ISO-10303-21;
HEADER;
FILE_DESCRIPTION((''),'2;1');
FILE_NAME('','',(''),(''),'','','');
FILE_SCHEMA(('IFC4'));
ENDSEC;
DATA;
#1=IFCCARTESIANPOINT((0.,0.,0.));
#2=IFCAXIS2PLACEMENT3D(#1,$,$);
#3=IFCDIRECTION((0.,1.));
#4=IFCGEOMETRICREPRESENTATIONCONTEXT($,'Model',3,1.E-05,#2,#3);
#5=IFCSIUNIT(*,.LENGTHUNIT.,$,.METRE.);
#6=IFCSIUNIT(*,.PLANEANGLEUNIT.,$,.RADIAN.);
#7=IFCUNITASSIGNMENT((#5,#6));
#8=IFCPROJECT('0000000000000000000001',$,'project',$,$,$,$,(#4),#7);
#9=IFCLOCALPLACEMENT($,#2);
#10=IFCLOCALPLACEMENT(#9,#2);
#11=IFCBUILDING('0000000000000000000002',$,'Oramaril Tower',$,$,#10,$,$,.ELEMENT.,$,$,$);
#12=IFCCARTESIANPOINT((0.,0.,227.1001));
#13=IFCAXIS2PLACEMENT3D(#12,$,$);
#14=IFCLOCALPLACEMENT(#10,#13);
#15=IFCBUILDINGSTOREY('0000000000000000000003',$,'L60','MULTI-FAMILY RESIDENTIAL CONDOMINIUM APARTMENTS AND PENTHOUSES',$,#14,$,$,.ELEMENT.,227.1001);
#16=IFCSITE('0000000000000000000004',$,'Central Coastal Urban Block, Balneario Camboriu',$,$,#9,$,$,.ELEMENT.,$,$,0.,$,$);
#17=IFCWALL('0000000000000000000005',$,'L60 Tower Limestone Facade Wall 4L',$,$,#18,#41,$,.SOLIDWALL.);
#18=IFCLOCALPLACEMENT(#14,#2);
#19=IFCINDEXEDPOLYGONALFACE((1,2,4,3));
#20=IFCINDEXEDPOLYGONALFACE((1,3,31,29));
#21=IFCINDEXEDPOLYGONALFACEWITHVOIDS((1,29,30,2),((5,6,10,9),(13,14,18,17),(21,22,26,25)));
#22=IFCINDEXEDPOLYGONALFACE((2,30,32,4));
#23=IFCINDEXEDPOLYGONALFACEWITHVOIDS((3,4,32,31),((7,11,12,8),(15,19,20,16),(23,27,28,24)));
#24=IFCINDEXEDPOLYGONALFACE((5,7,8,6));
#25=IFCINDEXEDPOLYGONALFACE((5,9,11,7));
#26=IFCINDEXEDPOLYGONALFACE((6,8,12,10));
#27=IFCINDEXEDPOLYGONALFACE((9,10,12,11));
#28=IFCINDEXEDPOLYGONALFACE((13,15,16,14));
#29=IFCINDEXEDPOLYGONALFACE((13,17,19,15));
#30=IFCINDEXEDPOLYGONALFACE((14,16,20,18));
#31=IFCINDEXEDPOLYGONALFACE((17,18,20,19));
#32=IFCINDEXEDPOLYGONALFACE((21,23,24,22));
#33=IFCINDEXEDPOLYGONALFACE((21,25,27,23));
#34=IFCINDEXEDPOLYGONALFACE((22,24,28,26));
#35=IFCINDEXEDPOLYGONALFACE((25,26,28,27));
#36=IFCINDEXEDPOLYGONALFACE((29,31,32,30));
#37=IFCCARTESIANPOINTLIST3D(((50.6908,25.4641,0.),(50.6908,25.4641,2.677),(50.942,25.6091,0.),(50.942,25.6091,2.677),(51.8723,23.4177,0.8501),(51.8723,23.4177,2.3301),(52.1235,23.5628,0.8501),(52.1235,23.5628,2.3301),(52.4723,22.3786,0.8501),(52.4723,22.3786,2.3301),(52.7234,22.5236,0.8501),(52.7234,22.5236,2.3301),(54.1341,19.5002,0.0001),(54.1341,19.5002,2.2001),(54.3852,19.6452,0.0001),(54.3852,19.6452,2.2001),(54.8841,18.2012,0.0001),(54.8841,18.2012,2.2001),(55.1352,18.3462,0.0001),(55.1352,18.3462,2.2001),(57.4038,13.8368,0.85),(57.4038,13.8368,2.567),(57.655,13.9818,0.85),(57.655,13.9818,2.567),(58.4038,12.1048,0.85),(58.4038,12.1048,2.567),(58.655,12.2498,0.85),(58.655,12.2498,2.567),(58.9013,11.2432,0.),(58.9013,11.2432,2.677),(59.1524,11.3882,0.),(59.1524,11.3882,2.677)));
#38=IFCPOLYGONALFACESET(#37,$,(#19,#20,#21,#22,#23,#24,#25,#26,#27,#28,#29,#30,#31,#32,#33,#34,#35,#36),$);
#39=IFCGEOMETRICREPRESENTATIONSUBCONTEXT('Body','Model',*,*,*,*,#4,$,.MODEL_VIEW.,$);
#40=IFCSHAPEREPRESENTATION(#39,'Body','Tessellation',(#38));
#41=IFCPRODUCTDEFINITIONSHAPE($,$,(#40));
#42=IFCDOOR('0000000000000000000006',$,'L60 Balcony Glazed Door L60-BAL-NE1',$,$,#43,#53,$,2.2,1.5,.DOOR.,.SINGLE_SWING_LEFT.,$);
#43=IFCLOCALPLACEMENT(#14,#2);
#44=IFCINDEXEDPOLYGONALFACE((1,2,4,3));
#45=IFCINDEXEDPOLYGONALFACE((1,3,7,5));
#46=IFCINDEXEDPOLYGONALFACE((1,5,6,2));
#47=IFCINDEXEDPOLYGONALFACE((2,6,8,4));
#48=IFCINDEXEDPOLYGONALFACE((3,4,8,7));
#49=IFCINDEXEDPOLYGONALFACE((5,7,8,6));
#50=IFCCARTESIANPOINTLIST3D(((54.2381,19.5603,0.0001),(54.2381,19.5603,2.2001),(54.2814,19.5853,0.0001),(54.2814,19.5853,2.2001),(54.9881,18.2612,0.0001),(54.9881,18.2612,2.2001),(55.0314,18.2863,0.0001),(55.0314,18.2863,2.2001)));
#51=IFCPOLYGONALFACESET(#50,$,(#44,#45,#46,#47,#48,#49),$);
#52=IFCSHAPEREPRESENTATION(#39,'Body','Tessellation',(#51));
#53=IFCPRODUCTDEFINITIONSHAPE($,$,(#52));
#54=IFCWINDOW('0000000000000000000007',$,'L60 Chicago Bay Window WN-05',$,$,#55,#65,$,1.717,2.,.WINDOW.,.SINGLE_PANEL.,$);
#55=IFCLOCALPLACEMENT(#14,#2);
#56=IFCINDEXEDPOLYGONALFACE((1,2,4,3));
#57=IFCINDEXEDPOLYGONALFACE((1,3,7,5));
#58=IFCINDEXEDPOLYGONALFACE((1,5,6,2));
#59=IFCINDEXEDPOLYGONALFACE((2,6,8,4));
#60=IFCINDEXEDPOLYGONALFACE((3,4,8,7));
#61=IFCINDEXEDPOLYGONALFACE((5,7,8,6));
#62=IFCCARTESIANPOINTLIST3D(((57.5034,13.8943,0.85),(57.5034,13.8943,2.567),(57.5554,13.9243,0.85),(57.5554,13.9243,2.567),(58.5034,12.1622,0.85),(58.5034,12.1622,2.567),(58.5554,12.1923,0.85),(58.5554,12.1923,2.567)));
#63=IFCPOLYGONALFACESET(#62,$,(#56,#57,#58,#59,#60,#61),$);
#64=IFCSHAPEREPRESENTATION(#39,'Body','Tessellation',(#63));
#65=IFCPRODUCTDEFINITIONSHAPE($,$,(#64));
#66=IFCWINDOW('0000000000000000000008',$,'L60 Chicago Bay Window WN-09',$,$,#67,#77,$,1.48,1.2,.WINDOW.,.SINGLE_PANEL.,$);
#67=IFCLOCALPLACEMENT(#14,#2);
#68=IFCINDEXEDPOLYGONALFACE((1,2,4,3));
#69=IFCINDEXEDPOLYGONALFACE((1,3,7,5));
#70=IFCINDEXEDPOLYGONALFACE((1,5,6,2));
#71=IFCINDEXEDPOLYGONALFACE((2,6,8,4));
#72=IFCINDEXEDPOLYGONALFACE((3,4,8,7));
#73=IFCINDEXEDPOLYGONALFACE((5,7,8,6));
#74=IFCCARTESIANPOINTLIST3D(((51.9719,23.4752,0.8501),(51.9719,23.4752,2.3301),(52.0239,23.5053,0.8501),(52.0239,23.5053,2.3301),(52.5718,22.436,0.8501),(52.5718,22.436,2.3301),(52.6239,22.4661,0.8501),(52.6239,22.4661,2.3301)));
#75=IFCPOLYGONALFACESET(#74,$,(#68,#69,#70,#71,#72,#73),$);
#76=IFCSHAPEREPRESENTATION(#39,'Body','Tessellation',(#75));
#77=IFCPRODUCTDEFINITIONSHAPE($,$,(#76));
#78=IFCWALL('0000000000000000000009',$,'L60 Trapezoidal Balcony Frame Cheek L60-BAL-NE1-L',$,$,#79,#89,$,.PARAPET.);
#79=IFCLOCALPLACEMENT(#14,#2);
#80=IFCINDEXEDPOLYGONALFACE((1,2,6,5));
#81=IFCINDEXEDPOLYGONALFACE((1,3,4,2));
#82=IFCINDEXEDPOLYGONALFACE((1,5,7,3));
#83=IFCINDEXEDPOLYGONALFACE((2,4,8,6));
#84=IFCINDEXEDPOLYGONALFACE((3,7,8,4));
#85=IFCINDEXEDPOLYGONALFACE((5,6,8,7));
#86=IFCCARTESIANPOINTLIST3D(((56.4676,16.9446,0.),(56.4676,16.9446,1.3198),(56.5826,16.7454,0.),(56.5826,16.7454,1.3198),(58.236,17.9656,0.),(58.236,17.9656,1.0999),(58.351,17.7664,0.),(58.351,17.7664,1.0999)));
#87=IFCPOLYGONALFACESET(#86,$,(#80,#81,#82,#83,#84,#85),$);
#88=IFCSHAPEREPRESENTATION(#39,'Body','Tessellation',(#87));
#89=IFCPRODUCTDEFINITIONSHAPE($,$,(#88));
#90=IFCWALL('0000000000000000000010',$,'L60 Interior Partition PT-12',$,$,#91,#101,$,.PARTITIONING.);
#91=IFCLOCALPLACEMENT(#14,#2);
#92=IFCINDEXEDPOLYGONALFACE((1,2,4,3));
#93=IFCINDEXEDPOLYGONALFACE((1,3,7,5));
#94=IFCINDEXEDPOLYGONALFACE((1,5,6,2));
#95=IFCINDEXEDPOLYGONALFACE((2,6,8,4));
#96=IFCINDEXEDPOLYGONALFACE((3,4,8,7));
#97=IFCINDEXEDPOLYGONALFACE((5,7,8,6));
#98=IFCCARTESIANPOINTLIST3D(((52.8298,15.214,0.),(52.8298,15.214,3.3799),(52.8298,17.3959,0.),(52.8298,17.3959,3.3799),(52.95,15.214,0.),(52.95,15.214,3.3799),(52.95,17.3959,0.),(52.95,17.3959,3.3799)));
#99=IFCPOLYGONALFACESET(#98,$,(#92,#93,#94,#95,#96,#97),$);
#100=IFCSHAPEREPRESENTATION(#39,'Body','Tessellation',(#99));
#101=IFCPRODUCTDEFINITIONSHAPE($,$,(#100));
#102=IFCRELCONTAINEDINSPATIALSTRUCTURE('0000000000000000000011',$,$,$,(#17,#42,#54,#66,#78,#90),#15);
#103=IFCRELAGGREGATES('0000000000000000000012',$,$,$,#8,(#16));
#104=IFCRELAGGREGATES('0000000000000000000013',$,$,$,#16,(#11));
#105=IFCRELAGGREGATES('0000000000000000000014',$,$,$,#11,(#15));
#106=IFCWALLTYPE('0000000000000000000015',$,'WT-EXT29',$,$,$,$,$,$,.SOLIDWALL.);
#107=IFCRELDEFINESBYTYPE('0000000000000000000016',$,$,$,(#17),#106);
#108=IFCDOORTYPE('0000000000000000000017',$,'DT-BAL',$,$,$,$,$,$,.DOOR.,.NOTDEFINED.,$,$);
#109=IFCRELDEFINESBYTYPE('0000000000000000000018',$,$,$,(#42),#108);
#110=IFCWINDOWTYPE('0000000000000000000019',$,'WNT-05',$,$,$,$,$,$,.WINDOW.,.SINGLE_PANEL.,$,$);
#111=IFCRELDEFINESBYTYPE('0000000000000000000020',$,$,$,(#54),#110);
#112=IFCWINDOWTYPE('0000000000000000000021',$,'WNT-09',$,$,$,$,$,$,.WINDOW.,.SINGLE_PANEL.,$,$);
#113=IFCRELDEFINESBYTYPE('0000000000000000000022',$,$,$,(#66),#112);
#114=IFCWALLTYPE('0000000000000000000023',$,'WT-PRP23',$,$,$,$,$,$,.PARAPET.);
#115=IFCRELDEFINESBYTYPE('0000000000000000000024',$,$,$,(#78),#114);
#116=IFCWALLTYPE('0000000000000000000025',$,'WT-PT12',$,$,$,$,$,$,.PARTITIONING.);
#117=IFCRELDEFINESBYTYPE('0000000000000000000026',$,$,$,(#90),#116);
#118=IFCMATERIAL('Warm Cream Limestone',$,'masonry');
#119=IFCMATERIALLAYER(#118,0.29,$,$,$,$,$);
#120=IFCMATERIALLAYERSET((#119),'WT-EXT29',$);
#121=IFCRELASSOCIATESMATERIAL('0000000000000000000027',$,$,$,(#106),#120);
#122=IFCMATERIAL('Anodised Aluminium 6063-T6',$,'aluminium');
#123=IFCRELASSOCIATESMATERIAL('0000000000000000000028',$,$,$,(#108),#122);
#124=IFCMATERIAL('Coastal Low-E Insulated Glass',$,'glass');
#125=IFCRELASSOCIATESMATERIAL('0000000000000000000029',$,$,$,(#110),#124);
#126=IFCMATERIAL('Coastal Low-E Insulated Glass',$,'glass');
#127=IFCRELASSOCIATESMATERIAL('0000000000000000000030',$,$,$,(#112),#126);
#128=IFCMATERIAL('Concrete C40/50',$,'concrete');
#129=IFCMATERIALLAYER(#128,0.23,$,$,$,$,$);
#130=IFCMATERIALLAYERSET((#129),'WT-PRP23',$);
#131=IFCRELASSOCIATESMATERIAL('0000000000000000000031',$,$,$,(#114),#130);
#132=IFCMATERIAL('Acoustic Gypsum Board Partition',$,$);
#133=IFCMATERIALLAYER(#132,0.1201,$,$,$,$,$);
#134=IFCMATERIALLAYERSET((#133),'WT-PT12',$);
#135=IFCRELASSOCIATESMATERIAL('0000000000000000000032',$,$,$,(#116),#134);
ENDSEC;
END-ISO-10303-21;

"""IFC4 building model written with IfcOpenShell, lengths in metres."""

from ifc_helpers import new_model, si_unit, direction, frame, frame_2d, origin, place, context, subcontext, project, spatial, polyline, rectangle, outline, extrude, material, layer, layer_set, type_object, element, fill, save


model = new_model("IFC4")

# Units and contexts
model_context = context("Model", 3, precision=1e-05, world=origin(), true_north=direction((0.0, 1.0)))
body_context = subcontext(model_context, "Body", "Model", "MODEL_VIEW")
ifc_project = project(units=[si_unit("LENGTHUNIT", "METRE"), si_unit("PLANEANGLEUNIT", "RADIAN")], contexts=[model_context])

# Site, building, storey
site_placement = place(None, origin())
site = spatial("IfcSite", under=ifc_project, at=site_placement, Name="Central Coastal Urban Block, Balneario Camboriu", CompositionType="ELEMENT", RefElevation=0.0)
building_placement = place(site_placement, origin())
building = spatial("IfcBuilding", under=site, at=building_placement, Name="Oramaril Tower", CompositionType="ELEMENT")
storey_placement = place(building_placement, frame((0.0, 0.0, 227.1001)))
storey = spatial("IfcBuildingStorey", under=building, at=storey_placement, Name="L60", Description="MULTI-FAMILY RESIDENTIAL CONDOMINIUM APARTMENTS AND PENTHOUSES", CompositionType="ELEMENT", Elevation=227.1001)

# Wall, openings, door, windows
ifc_material_1 = material(Name="Warm Cream Limestone", Category="masonry")
ifc_layer_1 = layer(ifc_material_1, 0.29)
ifc_layer_set_1 = layer_set([ifc_layer_1], Name="WT-EXT29")
wall_type_1 = type_object("IfcWallType", Name="WT-EXT29", PredefinedType="SOLIDWALL", material=ifc_layer_set_1)
wall_1_placement = place(storey_placement, frame((59.0269, 11.3157, 0.0), z_axis=(0.0, 0.0, 1.0), x_axis=(-0.499999, 0.866026, 0.0)))
wall_1 = element("IfcWall", 1, at=wall_1_placement, inside=storey, type_object=wall_type_1, Name="L60 Tower Limestone Facade Wall 4L", PredefinedType="SOLIDWALL", context=body_context, shape_type="SweptSolid", body=[
    extrude(rectangle(XDim=16.4209, YDim=0.29, at=frame_2d((8.2104, 0.0))), origin(), (0.0, 0.0, 1.0), 2.677),
])
opening_1_placement = place(wall_1_placement, frame((8.0344, 0.0, 0.0)))
opening_1 = element("IfcOpeningElement", 2, at=opening_1_placement, cuts=wall_1, PredefinedType="OPENING", context=body_context, shape_type="SweptSolid", body=[
    extrude(rectangle(XDim=1.5, YDim=2.2, at=frame_2d((0.75, 1.1001))), frame((0.0, 0.145, 0.0), z_axis=(0.0, -1.0, 0.0), x_axis=(1.0, 0.0, 0.0)), (0.0, 0.0, 1.0), 0.29),
])
opening_2_placement = place(wall_1_placement, frame((0.9949, 0.0, 0.8501)))
opening_2 = element("IfcOpeningElement", 3, at=opening_2_placement, cuts=wall_1, PredefinedType="OPENING", context=body_context, shape_type="SweptSolid", body=[
    extrude(rectangle(XDim=2.0, YDim=1.717, at=frame_2d((1.0, 0.8584))), frame((0.0, 0.145, 0.0), z_axis=(0.0, -1.0, 0.0), x_axis=(1.0, 0.0, 0.0)), (0.0, 0.0, 1.0), 0.29),
])
opening_3_placement = place(wall_1_placement, frame((12.8579, 0.0, 0.8501)))
opening_3 = element("IfcOpeningElement", 4, at=opening_3_placement, cuts=wall_1, PredefinedType="OPENING", context=body_context, shape_type="SweptSolid", body=[
    extrude(rectangle(XDim=1.2, YDim=1.48, at=frame_2d((0.6001, 0.74))), frame((0.0, 0.145, 0.0), z_axis=(0.0, -1.0, 0.0), x_axis=(1.0, 0.0, 0.0)), (0.0, 0.0, 1.0), 0.29),
])
ifc_material_2 = material(Name="Anodised Aluminium 6063-T6", Category="aluminium")
door_type_1 = type_object("IfcDoorType", Name="DT-BAL", OperationType="NOTDEFINED", PredefinedType="DOOR", material=ifc_material_2)
door_1_placement = place(opening_1_placement, origin())
door_1 = element("IfcDoor", 5, at=door_1_placement, inside=storey, type_object=door_type_1, Name="L60 Balcony Glazed Door L60-BAL-NE1", OperationType="SINGLE_SWING_LEFT", OverallHeight=2.2, OverallWidth=1.5, PredefinedType="DOOR", context=body_context, shape_type="SweptSolid", body=[
    extrude(rectangle(XDim=1.5, YDim=2.2, at=frame_2d((0.75, 1.1001))), frame((0.0, 0.0249, 0.0), z_axis=(0.0, -1.0, 0.0), x_axis=(1.0, 0.0, 0.0)), (0.0, 0.0, 1.0), 0.05),
])
fill(opening_1, door_1)
ifc_material_3 = material(Name="Coastal Low-E Insulated Glass", Category="glass")
window_type_1 = type_object("IfcWindowType", Name="WNT-05", PartitioningType="SINGLE_PANEL", PredefinedType="WINDOW", material=ifc_material_3)
window_1_placement = place(opening_2_placement, origin())
window_1 = element("IfcWindow", 6, at=window_1_placement, inside=storey, type_object=window_type_1, Name="L60 Chicago Bay Window WN-05", OverallHeight=1.717, OverallWidth=2.0, PartitioningType="SINGLE_PANEL", PredefinedType="WINDOW", context=body_context, shape_type="SweptSolid", body=[
    extrude(rectangle(XDim=2.0, YDim=1.717, at=frame_2d((1.0, 0.8584))), frame((0.0, 0.03, 0.0), z_axis=(0.0, -1.0, 0.0), x_axis=(1.0, 0.0, 0.0)), (0.0, 0.0, 1.0), 0.0601),
])
fill(opening_2, window_1)
ifc_material_4 = material(Name="Coastal Low-E Insulated Glass", Category="glass")
window_type_2 = type_object("IfcWindowType", Name="WNT-09", PartitioningType="SINGLE_PANEL", PredefinedType="WINDOW", material=ifc_material_4)
window_2_placement = place(opening_3_placement, origin())
window_2 = element("IfcWindow", 7, at=window_2_placement, inside=storey, type_object=window_type_2, Name="L60 Chicago Bay Window WN-09", OverallHeight=1.48, OverallWidth=1.2, PartitioningType="SINGLE_PANEL", PredefinedType="WINDOW", context=body_context, shape_type="SweptSolid", body=[
    extrude(rectangle(XDim=1.2, YDim=1.48, at=frame_2d((0.6001, 0.74))), frame((0.0, 0.03, 0.0), z_axis=(0.0, -1.0, 0.0), x_axis=(1.0, 0.0, 0.0)), (0.0, 0.0, 1.0), 0.0601),
])
fill(opening_3, window_2)

# Walls
ifc_material_5 = material(Name="Concrete C40/50", Category="concrete")
ifc_layer_2 = layer(ifc_material_5, 0.23)
ifc_layer_set_2 = layer_set([ifc_layer_2], Name="WT-PRP23")
wall_type_2 = type_object("IfcWallType", Name="WT-PRP23", PredefinedType="PARAPET", material=ifc_layer_set_2)
wall_2_placement = place(storey_placement, frame((56.5251, 16.845, 0.0), z_axis=(0.0, 0.0, 1.0), x_axis=(0.866012, 0.500023, 0.0)))
element("IfcWall", 8, at=wall_2_placement, inside=storey, type_object=wall_type_2, Name="L60 Trapezoidal Balcony Frame Cheek L60-BAL-NE1-L", PredefinedType="PARAPET", context=body_context, shape_type="SweptSolid", body=[
    extrude(outline(polyline([(0.0, 0.0), (2.042, 0.0), (2.042, 1.0999), (0.0, 1.3198), (0.0, 0.0)])), frame((0.0, 0.115, 0.0), z_axis=(0.0, -1.0, 0.0), x_axis=(1.0, 0.0, 0.0)), (0.0, 0.0, 1.0), 0.23),
])
ifc_material_6 = material(Name="Acoustic Gypsum Board Partition")
ifc_layer_3 = layer(ifc_material_6, 0.1201)
ifc_layer_set_3 = layer_set([ifc_layer_3], Name="WT-PT12")
wall_type_3 = type_object("IfcWallType", Name="WT-PT12", PredefinedType="PARTITIONING", material=ifc_layer_set_3)
wall_3_placement = place(storey_placement, frame((52.8899, 15.2141, 0.0), z_axis=(0.0, 0.0, 1.0), x_axis=(0.0, 1.0, 0.0)))
element("IfcWall", 9, at=wall_3_placement, inside=storey, type_object=wall_type_3, Name="L60 Interior Partition PT-12", PredefinedType="PARTITIONING", context=body_context, shape_type="SweptSolid", body=[
    extrude(rectangle(XDim=2.1819, YDim=0.1201, at=frame_2d((1.0908, 0.0))), origin(), (0.0, 0.0, 1.0), 3.3799),
])

save(model, "model.ifc")
